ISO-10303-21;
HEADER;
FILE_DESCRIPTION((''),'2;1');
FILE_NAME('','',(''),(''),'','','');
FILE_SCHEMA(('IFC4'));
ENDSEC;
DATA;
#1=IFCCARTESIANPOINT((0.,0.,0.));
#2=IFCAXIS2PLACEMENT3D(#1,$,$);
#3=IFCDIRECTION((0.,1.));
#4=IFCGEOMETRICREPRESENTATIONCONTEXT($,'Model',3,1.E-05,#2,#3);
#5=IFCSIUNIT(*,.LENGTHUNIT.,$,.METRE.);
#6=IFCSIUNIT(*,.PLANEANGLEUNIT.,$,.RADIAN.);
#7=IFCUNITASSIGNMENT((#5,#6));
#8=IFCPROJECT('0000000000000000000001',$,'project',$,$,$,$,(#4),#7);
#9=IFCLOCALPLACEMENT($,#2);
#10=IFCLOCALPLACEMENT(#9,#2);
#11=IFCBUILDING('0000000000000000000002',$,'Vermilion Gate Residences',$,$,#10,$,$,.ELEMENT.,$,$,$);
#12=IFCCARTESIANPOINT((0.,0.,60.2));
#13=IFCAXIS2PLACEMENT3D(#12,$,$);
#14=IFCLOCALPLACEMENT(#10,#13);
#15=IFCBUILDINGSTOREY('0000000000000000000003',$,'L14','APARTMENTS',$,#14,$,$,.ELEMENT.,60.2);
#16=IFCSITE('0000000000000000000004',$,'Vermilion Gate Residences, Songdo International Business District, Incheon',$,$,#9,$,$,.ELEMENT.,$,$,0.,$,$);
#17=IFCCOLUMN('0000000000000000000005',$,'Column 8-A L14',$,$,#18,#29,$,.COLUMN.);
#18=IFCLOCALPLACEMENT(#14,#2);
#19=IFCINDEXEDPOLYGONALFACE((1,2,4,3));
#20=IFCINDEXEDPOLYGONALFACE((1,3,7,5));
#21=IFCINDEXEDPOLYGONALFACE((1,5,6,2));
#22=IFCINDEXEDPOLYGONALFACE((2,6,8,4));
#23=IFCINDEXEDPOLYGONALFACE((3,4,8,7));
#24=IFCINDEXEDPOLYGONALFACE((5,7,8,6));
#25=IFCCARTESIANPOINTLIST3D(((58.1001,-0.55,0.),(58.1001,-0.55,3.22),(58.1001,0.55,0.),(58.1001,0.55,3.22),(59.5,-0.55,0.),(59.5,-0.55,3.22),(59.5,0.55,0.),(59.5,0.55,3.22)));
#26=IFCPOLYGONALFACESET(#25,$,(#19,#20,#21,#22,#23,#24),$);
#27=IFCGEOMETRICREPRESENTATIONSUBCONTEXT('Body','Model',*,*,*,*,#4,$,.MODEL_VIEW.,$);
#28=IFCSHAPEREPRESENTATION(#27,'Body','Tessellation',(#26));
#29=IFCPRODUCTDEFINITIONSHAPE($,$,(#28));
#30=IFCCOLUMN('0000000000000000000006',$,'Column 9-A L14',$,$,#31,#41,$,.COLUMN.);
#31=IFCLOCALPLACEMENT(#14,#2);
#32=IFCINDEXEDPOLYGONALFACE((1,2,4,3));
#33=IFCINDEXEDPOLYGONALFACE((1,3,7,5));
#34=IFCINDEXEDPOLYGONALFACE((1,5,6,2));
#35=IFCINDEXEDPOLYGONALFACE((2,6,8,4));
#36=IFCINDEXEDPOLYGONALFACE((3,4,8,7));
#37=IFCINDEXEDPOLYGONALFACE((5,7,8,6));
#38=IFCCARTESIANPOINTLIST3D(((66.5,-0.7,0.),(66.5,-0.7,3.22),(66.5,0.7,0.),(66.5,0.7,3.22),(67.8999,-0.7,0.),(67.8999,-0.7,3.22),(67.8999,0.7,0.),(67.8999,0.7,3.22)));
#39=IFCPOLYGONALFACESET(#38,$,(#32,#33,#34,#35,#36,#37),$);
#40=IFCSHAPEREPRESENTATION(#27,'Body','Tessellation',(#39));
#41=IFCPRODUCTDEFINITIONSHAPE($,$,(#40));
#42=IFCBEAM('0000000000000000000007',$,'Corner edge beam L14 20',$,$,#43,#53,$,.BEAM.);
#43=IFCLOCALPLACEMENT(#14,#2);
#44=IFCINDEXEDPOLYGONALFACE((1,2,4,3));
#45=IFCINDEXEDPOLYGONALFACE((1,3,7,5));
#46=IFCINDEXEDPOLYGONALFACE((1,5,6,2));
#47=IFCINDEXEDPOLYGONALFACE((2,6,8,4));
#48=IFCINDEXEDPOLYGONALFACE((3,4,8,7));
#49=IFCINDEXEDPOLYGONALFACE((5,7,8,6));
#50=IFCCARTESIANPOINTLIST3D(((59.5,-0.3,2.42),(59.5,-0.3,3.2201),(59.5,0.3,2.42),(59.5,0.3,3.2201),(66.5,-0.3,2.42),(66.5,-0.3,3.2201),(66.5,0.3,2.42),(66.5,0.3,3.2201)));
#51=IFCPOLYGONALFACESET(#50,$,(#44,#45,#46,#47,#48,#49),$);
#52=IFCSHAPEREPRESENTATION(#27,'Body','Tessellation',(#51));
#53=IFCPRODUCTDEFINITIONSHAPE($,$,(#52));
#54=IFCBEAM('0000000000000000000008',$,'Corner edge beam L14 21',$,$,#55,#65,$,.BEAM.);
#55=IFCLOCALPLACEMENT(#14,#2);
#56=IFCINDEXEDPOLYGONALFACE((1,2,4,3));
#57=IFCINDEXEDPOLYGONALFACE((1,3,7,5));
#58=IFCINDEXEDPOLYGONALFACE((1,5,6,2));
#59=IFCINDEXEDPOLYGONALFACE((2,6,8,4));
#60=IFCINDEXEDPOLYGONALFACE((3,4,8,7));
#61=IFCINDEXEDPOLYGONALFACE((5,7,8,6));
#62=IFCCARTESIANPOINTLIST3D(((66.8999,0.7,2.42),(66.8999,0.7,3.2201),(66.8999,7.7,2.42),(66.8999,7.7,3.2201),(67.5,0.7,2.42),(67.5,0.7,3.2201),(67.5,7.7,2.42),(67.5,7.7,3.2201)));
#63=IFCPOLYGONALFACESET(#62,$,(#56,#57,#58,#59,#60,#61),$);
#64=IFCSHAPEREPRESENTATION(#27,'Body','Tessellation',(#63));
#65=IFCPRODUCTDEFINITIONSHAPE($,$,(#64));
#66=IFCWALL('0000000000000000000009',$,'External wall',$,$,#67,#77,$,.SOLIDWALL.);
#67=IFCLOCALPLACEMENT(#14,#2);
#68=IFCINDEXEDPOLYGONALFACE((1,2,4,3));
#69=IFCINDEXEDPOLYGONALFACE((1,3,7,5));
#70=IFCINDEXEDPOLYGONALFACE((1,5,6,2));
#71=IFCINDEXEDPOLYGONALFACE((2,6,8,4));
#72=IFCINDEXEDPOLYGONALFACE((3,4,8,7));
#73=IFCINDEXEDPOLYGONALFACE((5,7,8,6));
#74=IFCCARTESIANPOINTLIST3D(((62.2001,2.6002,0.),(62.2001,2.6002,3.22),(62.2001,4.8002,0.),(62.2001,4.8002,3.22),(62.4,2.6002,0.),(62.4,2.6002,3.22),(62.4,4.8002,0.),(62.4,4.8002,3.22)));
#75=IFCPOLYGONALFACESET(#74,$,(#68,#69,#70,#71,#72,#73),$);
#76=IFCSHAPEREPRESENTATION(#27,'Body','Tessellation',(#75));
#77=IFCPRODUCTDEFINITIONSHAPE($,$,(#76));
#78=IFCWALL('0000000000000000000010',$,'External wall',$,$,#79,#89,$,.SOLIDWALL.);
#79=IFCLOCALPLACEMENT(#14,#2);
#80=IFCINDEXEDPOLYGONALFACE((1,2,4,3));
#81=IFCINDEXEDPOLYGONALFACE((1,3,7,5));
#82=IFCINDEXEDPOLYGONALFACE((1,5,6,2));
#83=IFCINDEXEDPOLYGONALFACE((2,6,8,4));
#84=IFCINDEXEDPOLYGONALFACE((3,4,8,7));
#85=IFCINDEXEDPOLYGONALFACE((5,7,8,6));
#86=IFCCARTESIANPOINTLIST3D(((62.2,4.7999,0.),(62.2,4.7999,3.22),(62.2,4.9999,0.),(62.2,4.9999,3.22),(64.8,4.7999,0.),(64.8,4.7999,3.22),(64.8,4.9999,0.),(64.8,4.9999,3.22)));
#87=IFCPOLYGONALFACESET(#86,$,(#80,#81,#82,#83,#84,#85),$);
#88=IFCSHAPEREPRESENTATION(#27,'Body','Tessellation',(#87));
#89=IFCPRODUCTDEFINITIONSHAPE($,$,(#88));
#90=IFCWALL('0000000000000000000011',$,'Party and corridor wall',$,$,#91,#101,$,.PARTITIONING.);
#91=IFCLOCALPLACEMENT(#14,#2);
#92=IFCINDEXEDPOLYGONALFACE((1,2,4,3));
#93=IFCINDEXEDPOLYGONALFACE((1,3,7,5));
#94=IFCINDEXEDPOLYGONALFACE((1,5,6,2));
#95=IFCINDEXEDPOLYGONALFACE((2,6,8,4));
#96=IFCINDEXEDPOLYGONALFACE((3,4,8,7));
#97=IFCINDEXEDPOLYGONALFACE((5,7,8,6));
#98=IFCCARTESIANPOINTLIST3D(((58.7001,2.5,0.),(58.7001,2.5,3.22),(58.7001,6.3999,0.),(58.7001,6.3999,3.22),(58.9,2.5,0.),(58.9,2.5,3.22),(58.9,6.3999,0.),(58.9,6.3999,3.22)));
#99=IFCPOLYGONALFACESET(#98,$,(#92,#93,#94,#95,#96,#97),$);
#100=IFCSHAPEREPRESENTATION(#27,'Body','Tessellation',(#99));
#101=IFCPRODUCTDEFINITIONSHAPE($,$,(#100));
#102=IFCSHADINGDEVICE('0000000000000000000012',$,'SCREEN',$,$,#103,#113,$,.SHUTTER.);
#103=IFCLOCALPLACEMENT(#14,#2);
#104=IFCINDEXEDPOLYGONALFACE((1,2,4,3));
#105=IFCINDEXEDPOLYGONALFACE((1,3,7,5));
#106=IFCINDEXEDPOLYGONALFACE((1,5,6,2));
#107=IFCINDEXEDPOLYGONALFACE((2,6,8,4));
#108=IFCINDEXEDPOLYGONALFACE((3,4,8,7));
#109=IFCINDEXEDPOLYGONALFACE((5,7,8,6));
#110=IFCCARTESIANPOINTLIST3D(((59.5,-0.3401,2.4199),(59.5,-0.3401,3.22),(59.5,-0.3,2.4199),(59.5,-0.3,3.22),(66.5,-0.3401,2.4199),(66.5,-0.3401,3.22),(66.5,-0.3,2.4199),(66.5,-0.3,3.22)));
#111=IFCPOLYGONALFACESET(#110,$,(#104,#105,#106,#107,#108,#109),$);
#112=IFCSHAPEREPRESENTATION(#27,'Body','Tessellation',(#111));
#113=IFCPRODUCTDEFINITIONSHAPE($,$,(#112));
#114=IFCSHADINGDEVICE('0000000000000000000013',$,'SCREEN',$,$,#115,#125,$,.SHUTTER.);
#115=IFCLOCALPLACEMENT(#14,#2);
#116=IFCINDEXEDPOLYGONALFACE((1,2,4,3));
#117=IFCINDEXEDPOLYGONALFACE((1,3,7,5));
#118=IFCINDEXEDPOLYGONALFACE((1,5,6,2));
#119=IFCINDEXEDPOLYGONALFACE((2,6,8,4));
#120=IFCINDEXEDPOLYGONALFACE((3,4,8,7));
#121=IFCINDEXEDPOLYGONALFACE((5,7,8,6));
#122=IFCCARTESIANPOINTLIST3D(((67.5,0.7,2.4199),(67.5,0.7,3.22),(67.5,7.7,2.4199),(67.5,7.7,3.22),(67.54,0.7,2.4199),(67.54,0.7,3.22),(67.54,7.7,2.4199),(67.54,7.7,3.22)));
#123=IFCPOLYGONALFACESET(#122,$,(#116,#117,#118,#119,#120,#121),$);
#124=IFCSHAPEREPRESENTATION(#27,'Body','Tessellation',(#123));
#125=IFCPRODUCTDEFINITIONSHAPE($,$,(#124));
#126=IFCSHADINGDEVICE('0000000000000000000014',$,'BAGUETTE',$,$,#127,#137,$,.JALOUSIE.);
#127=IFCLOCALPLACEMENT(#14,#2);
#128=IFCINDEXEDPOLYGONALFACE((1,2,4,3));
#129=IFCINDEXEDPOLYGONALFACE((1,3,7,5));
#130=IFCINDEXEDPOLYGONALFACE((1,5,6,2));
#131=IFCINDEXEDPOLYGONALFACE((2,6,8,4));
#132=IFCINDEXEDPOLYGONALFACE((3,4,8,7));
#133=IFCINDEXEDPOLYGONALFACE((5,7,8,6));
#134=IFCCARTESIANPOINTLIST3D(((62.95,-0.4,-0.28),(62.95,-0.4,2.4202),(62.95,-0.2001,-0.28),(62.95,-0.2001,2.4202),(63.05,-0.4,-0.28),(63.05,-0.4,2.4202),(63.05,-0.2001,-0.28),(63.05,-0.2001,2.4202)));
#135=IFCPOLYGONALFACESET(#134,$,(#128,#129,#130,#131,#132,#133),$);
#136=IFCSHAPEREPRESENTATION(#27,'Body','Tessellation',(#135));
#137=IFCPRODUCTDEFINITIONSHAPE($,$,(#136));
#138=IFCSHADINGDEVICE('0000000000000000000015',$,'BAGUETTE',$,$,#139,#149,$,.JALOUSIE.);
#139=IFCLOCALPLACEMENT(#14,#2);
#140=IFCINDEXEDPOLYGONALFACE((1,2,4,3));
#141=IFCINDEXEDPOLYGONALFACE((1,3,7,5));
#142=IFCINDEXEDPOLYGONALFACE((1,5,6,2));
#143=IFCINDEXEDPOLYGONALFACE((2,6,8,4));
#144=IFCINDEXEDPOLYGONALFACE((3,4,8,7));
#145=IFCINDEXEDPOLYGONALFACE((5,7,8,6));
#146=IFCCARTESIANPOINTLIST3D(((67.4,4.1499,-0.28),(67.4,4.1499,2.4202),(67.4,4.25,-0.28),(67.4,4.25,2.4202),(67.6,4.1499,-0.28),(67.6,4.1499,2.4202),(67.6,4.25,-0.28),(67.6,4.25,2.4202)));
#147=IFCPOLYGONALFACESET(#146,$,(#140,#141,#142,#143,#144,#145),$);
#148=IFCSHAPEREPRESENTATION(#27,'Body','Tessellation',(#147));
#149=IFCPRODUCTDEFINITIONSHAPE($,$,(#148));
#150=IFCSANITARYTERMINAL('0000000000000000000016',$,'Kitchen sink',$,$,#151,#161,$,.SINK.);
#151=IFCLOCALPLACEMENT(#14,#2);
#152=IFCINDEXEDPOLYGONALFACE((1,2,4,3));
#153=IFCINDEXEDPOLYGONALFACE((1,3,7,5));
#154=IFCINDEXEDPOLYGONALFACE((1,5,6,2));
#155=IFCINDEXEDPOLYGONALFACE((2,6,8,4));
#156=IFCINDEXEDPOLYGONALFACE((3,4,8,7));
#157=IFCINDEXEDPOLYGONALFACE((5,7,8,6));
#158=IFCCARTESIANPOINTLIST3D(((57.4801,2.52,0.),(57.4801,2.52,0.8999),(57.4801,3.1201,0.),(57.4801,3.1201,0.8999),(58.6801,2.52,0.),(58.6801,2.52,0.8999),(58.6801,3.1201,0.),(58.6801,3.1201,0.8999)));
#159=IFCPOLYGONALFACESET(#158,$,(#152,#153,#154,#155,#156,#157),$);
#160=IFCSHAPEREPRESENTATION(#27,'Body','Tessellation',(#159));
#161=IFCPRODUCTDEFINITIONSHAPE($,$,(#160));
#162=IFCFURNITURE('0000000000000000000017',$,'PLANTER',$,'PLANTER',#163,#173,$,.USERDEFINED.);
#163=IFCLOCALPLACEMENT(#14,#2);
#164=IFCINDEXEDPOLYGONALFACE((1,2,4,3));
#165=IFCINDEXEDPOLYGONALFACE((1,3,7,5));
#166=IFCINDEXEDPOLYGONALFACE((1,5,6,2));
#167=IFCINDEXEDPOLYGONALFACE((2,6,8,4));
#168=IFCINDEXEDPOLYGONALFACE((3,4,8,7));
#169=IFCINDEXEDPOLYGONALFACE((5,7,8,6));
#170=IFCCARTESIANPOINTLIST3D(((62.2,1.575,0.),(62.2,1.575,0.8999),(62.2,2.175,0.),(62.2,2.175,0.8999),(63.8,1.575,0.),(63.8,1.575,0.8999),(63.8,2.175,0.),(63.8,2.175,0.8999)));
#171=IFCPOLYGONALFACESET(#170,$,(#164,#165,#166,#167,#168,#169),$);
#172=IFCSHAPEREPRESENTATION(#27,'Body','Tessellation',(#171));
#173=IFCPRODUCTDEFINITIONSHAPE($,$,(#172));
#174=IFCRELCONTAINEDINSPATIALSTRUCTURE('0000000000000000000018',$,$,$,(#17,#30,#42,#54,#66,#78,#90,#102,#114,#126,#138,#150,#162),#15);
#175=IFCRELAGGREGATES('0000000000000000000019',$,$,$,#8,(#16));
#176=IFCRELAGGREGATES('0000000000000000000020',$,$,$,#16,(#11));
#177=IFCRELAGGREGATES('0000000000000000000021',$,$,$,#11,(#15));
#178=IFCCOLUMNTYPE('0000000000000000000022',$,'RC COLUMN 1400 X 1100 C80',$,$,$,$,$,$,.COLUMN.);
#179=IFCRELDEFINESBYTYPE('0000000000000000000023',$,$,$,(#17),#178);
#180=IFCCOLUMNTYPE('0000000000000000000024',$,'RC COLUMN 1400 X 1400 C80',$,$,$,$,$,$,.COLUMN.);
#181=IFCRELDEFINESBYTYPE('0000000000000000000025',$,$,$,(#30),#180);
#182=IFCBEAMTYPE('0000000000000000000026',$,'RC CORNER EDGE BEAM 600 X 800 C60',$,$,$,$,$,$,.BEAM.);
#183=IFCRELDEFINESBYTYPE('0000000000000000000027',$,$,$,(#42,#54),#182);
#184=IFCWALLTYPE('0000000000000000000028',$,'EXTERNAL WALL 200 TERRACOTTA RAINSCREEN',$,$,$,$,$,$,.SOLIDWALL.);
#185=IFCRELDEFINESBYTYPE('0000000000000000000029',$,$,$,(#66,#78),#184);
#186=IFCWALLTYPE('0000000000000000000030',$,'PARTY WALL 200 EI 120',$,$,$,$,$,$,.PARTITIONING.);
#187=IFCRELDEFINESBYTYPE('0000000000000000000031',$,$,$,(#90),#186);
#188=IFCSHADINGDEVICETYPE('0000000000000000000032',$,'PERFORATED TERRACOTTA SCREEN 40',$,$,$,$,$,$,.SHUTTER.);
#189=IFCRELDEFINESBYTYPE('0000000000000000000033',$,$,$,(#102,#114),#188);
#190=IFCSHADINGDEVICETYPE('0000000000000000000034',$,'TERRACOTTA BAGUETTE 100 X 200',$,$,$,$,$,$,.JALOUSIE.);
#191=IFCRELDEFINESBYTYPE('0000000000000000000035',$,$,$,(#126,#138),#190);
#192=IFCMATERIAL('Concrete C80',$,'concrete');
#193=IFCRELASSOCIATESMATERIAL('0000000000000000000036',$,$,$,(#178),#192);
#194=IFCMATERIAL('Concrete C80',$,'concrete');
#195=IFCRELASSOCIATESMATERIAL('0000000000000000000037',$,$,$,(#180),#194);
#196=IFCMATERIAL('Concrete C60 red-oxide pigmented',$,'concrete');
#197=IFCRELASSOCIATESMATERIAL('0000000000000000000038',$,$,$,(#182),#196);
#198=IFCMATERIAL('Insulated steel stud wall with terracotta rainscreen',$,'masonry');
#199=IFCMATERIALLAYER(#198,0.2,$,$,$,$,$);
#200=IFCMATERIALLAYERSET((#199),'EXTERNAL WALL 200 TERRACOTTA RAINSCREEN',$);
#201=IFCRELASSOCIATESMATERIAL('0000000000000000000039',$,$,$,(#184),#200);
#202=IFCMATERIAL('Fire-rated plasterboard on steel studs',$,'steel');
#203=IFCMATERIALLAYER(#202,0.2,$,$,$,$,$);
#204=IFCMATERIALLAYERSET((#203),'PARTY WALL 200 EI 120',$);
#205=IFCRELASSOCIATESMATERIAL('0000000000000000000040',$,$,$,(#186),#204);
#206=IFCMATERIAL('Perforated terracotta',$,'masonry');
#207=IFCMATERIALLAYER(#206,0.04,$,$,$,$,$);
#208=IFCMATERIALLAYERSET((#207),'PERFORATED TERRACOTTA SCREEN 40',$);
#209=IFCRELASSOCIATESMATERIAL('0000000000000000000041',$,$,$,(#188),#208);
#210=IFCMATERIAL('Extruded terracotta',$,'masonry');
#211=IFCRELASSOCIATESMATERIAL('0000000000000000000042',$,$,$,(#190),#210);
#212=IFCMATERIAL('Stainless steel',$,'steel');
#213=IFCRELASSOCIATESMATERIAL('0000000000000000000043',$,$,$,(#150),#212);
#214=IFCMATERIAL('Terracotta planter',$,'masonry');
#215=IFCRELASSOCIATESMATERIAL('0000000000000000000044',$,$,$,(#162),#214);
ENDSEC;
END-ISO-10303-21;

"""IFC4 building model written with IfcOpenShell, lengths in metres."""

from ifc_helpers import new_model, si_unit, direction, frame, frame_2d, origin, origin_2d, place, context, subcontext, project, spatial, rectangle, extrude, material, layer, layer_set, material_profile, profile_set, type_object, element, save


model = new_model("IFC4")

# Units and contexts
model_context = context("Model", 3, precision=1e-05, world=origin(), true_north=direction((0.0, 1.0)))
body_context = subcontext(model_context, "Body", "Model", "MODEL_VIEW")
ifc_project = project(units=[si_unit("LENGTHUNIT", "METRE"), si_unit("PLANEANGLEUNIT", "RADIAN")], contexts=[model_context])

# Site, building, storey
site_placement = place(None, origin())
site = spatial("IfcSite", under=ifc_project, at=site_placement, Name="Vermilion Gate Residences, Songdo International Business District, Incheon", CompositionType="ELEMENT", RefElevation=0.0)
building_placement = place(site_placement, origin())
building = spatial("IfcBuilding", under=site, at=building_placement, Name="Vermilion Gate Residences", CompositionType="ELEMENT")
storey_placement = place(building_placement, frame((0.0, 0.0, 60.2)))
storey = spatial("IfcBuildingStorey", under=building, at=storey_placement, Name="L14", Description="APARTMENTS", CompositionType="ELEMENT", Elevation=60.2)

# Columns
ifc_material_1 = material(Name="Concrete C80", Category="concrete")
ifc_material_profile_1 = material_profile(ifc_material_1, rectangle(XDim=1.3999, YDim=1.1001, at=origin_2d()), Name="RC-1400x1100")
ifc_profile_set_1 = profile_set([ifc_material_profile_1], Name="Concrete C80")
column_type_1 = type_object("IfcColumnType", Name="RC COLUMN 1400 X 1100 C80", PredefinedType="COLUMN", material=ifc_profile_set_1)
column_1_placement = place(storey_placement, frame((58.8, 0.0, 0.0), z_axis=(0.0, 0.0, 1.0), x_axis=(1.0, 0.0, 0.0)))
element("IfcColumn", 1, at=column_1_placement, inside=storey, type_object=column_type_1, Name="Column 8-A L14", PredefinedType="COLUMN", context=body_context, shape_type="SweptSolid", body=[
    extrude(rectangle(XDim=1.3999, YDim=1.1001, at=origin_2d()), origin(), (0.0, 0.0, 1.0), 3.22),
])
ifc_material_2 = material(Name="Concrete C80", Category="concrete")
ifc_material_profile_2 = material_profile(ifc_material_2, rectangle(XDim=1.3999, YDim=1.3999, at=origin_2d()), Name="RC-1400x1400")
ifc_profile_set_2 = profile_set([ifc_material_profile_2], Name="Concrete C80")
column_type_2 = type_object("IfcColumnType", Name="RC COLUMN 1400 X 1400 C80", PredefinedType="COLUMN", material=ifc_profile_set_2)
column_2_placement = place(storey_placement, frame((67.2, 0.0, 0.0), z_axis=(0.0, 0.0, 1.0), x_axis=(1.0, 0.0, 0.0)))
element("IfcColumn", 2, at=column_2_placement, inside=storey, type_object=column_type_2, Name="Column 9-A L14", PredefinedType="COLUMN", context=body_context, shape_type="SweptSolid", body=[
    extrude(rectangle(XDim=1.3999, YDim=1.3999, at=origin_2d()), origin(), (0.0, 0.0, 1.0), 3.22),
])

# Beams
ifc_material_3 = material(Name="Concrete C60 red-oxide pigmented", Category="concrete")
ifc_material_profile_3 = material_profile(ifc_material_3, rectangle(XDim=0.6001, YDim=0.8, at=origin_2d()), Name="RC-600x800")
ifc_profile_set_3 = profile_set([ifc_material_profile_3], Name="Concrete C60 red-oxide pigmented")
beam_type = type_object("IfcBeamType", Name="RC CORNER EDGE BEAM 600 X 800 C60", PredefinedType="BEAM", material=ifc_profile_set_3)
for number, where, z_axis, x_axis, name in (
    (3, (59.5, 0.0, 2.8201), (1.0, 0.0, 0.0), (0.0, 1.0, 0.0), "Corner edge beam L14 20"),
    (4, (67.2, 0.7, 2.8201), (0.0, 1.0, 0.0), (-1.0, 0.0, 0.0), "Corner edge beam L14 21"),
):
    element("IfcBeam", number, at=place(storey_placement, frame(where, z_axis=z_axis, x_axis=x_axis)), inside=storey, type_object=beam_type, Name=name, PredefinedType="BEAM", context=body_context, shape_type="SweptSolid", body=[
        extrude(rectangle(XDim=0.6001, YDim=0.8, at=origin_2d()), origin(), (0.0, 0.0, 1.0), 7.0),
    ])

# Walls
ifc_material_4 = material(Name="Insulated steel stud wall with terracotta rainscreen", Category="masonry")
ifc_layer_1 = layer(ifc_material_4, 0.2)
ifc_layer_set_1 = layer_set([ifc_layer_1], Name="EXTERNAL WALL 200 TERRACOTTA RAINSCREEN")
wall_type_1 = type_object("IfcWallType", Name="EXTERNAL WALL 200 TERRACOTTA RAINSCREEN", PredefinedType="SOLIDWALL", material=ifc_layer_set_1)
wall_1_placement = place(storey_placement, frame((62.3, 2.6001, 0.0), z_axis=(0.0, 0.0, 1.0), x_axis=(0.0, 1.0, 0.0)))
element("IfcWall", 5, at=wall_1_placement, inside=storey, type_object=wall_type_1, Name="External wall", PredefinedType="SOLIDWALL", context=body_context, shape_type="SweptSolid", body=[
    extrude(rectangle(XDim=2.2, YDim=0.2, at=frame_2d((1.1001, 0.0))), origin(), (0.0, 0.0, 1.0), 3.22),
])
wall_2_placement = place(storey_placement, frame((62.2, 4.8999, 0.0), z_axis=(0.0, 0.0, 1.0), x_axis=(1.0, 0.0, 0.0)))
element("IfcWall", 6, at=wall_2_placement, inside=storey, type_object=wall_type_1, Name="External wall", PredefinedType="SOLIDWALL", context=body_context, shape_type="SweptSolid", body=[
    extrude(rectangle(XDim=2.6001, YDim=0.2, at=frame_2d((1.3, 0.0))), origin(), (0.0, 0.0, 1.0), 3.22),
])
ifc_material_5 = material(Name="Fire-rated plasterboard on steel studs", Category="steel")
ifc_layer_2 = layer(ifc_material_5, 0.2)
ifc_layer_set_2 = layer_set([ifc_layer_2], Name="PARTY WALL 200 EI 120")
wall_type_2 = type_object("IfcWallType", Name="PARTY WALL 200 EI 120", PredefinedType="PARTITIONING", material=ifc_layer_set_2)
wall_3_placement = place(storey_placement, frame((58.8, 2.5, 0.0), z_axis=(0.0, 0.0, 1.0), x_axis=(0.0, 1.0, 0.0)))
element("IfcWall", 7, at=wall_3_placement, inside=storey, type_object=wall_type_2, Name="Party and corridor wall", PredefinedType="PARTITIONING", context=body_context, shape_type="SweptSolid", body=[
    extrude(rectangle(XDim=3.8999, YDim=0.2, at=frame_2d((1.95, 0.0))), origin(), (0.0, 0.0, 1.0), 3.22),
])

# Shading devices
ifc_material_6 = material(Name="Perforated terracotta", Category="masonry")
ifc_layer_3 = layer(ifc_material_6, 0.04)
ifc_layer_set_3 = layer_set([ifc_layer_3], Name="PERFORATED TERRACOTTA SCREEN 40")
shading_device_type_1 = type_object("IfcShadingDeviceType", Name="PERFORATED TERRACOTTA SCREEN 40", PredefinedType="SHUTTER", material=ifc_layer_set_3)
for number, where, z_axis, x_axis, name in (
    (8, (63.0, -0.3201, 2.4199), (0.0, 0.0, 1.0), (1.0, 0.0, 0.0), "SCREEN"),
    (9, (67.52, 4.2, 2.4199), (0.0, 0.0, 1.0), (0.0, 1.0, 0.0), "SCREEN"),
):
    element("IfcShadingDevice", number, at=place(storey_placement, frame(where, z_axis=z_axis, x_axis=x_axis)), inside=storey, type_object=shading_device_type_1, Name=name, PredefinedType="SHUTTER", context=body_context, shape_type="SweptSolid", body=[
        extrude(rectangle(XDim=7.0, YDim=0.04, at=origin_2d()), origin(), (0.0, 0.0, 1.0), 0.8),
    ])
ifc_material_7 = material(Name="Extruded terracotta", Category="masonry")
ifc_material_profile_4 = material_profile(ifc_material_7, rectangle(XDim=0.2, YDim=0.1001, at=origin_2d()), Name="BAGUETTE 100 X 200")
ifc_profile_set_4 = profile_set([ifc_material_profile_4], Name="Extruded terracotta")
shading_device_type_2 = type_object("IfcShadingDeviceType", Name="TERRACOTTA BAGUETTE 100 X 200", PredefinedType="JALOUSIE", material=ifc_profile_set_4)
for number, where, z_axis, x_axis, name in (
    (10, (63.0, -0.3, -0.28), (0.0, 0.0, 1.0), (0.0, 1.0, 0.0), "BAGUETTE"),
    (11, (67.5, 4.2, -0.28), (0.0, 0.0, 1.0), (-1.0, 0.0, 0.0), "BAGUETTE"),
):
    element("IfcShadingDevice", number, at=place(storey_placement, frame(where, z_axis=z_axis, x_axis=x_axis)), inside=storey, type_object=shading_device_type_2, Name=name, PredefinedType="JALOUSIE", context=body_context, shape_type="SweptSolid", body=[
        extrude(rectangle(XDim=0.2, YDim=0.1001, at=origin_2d()), origin(), (0.0, 0.0, 1.0), 2.7002),
    ])

# Sanitary terminal
ifc_material_8 = material(Name="Stainless steel", Category="steel")
sanitary_terminal_placement = place(storey_placement, frame((58.0801, 2.8201, 0.0), z_axis=(0.0, 0.0, 1.0), x_axis=(1.0, 0.0, 0.0)))
element("IfcSanitaryTerminal", 12, at=sanitary_terminal_placement, inside=storey, material=ifc_material_8, Name="Kitchen sink", PredefinedType="SINK", context=body_context, shape_type="SweptSolid", body=[
    extrude(rectangle(XDim=1.2, YDim=0.6001, at=origin_2d()), origin(), (0.0, 0.0, 1.0), 0.8999),
])

# Furniture
ifc_material_9 = material(Name="Terracotta planter", Category="masonry")
furniture_placement = place(storey_placement, frame((63.0, 1.875, 0.0), z_axis=(0.0, 0.0, 1.0), x_axis=(1.0, 0.0, 0.0)))
element("IfcFurniture", 13, at=furniture_placement, inside=storey, material=ifc_material_9, Name="PLANTER", ObjectType="PLANTER", PredefinedType="USERDEFINED", context=body_context, shape_type="SweptSolid", body=[
    extrude(rectangle(XDim=1.6001, YDim=0.6001, at=origin_2d()), origin(), (0.0, 0.0, 1.0), 0.8999),
])

save(model, "model.ifc")
